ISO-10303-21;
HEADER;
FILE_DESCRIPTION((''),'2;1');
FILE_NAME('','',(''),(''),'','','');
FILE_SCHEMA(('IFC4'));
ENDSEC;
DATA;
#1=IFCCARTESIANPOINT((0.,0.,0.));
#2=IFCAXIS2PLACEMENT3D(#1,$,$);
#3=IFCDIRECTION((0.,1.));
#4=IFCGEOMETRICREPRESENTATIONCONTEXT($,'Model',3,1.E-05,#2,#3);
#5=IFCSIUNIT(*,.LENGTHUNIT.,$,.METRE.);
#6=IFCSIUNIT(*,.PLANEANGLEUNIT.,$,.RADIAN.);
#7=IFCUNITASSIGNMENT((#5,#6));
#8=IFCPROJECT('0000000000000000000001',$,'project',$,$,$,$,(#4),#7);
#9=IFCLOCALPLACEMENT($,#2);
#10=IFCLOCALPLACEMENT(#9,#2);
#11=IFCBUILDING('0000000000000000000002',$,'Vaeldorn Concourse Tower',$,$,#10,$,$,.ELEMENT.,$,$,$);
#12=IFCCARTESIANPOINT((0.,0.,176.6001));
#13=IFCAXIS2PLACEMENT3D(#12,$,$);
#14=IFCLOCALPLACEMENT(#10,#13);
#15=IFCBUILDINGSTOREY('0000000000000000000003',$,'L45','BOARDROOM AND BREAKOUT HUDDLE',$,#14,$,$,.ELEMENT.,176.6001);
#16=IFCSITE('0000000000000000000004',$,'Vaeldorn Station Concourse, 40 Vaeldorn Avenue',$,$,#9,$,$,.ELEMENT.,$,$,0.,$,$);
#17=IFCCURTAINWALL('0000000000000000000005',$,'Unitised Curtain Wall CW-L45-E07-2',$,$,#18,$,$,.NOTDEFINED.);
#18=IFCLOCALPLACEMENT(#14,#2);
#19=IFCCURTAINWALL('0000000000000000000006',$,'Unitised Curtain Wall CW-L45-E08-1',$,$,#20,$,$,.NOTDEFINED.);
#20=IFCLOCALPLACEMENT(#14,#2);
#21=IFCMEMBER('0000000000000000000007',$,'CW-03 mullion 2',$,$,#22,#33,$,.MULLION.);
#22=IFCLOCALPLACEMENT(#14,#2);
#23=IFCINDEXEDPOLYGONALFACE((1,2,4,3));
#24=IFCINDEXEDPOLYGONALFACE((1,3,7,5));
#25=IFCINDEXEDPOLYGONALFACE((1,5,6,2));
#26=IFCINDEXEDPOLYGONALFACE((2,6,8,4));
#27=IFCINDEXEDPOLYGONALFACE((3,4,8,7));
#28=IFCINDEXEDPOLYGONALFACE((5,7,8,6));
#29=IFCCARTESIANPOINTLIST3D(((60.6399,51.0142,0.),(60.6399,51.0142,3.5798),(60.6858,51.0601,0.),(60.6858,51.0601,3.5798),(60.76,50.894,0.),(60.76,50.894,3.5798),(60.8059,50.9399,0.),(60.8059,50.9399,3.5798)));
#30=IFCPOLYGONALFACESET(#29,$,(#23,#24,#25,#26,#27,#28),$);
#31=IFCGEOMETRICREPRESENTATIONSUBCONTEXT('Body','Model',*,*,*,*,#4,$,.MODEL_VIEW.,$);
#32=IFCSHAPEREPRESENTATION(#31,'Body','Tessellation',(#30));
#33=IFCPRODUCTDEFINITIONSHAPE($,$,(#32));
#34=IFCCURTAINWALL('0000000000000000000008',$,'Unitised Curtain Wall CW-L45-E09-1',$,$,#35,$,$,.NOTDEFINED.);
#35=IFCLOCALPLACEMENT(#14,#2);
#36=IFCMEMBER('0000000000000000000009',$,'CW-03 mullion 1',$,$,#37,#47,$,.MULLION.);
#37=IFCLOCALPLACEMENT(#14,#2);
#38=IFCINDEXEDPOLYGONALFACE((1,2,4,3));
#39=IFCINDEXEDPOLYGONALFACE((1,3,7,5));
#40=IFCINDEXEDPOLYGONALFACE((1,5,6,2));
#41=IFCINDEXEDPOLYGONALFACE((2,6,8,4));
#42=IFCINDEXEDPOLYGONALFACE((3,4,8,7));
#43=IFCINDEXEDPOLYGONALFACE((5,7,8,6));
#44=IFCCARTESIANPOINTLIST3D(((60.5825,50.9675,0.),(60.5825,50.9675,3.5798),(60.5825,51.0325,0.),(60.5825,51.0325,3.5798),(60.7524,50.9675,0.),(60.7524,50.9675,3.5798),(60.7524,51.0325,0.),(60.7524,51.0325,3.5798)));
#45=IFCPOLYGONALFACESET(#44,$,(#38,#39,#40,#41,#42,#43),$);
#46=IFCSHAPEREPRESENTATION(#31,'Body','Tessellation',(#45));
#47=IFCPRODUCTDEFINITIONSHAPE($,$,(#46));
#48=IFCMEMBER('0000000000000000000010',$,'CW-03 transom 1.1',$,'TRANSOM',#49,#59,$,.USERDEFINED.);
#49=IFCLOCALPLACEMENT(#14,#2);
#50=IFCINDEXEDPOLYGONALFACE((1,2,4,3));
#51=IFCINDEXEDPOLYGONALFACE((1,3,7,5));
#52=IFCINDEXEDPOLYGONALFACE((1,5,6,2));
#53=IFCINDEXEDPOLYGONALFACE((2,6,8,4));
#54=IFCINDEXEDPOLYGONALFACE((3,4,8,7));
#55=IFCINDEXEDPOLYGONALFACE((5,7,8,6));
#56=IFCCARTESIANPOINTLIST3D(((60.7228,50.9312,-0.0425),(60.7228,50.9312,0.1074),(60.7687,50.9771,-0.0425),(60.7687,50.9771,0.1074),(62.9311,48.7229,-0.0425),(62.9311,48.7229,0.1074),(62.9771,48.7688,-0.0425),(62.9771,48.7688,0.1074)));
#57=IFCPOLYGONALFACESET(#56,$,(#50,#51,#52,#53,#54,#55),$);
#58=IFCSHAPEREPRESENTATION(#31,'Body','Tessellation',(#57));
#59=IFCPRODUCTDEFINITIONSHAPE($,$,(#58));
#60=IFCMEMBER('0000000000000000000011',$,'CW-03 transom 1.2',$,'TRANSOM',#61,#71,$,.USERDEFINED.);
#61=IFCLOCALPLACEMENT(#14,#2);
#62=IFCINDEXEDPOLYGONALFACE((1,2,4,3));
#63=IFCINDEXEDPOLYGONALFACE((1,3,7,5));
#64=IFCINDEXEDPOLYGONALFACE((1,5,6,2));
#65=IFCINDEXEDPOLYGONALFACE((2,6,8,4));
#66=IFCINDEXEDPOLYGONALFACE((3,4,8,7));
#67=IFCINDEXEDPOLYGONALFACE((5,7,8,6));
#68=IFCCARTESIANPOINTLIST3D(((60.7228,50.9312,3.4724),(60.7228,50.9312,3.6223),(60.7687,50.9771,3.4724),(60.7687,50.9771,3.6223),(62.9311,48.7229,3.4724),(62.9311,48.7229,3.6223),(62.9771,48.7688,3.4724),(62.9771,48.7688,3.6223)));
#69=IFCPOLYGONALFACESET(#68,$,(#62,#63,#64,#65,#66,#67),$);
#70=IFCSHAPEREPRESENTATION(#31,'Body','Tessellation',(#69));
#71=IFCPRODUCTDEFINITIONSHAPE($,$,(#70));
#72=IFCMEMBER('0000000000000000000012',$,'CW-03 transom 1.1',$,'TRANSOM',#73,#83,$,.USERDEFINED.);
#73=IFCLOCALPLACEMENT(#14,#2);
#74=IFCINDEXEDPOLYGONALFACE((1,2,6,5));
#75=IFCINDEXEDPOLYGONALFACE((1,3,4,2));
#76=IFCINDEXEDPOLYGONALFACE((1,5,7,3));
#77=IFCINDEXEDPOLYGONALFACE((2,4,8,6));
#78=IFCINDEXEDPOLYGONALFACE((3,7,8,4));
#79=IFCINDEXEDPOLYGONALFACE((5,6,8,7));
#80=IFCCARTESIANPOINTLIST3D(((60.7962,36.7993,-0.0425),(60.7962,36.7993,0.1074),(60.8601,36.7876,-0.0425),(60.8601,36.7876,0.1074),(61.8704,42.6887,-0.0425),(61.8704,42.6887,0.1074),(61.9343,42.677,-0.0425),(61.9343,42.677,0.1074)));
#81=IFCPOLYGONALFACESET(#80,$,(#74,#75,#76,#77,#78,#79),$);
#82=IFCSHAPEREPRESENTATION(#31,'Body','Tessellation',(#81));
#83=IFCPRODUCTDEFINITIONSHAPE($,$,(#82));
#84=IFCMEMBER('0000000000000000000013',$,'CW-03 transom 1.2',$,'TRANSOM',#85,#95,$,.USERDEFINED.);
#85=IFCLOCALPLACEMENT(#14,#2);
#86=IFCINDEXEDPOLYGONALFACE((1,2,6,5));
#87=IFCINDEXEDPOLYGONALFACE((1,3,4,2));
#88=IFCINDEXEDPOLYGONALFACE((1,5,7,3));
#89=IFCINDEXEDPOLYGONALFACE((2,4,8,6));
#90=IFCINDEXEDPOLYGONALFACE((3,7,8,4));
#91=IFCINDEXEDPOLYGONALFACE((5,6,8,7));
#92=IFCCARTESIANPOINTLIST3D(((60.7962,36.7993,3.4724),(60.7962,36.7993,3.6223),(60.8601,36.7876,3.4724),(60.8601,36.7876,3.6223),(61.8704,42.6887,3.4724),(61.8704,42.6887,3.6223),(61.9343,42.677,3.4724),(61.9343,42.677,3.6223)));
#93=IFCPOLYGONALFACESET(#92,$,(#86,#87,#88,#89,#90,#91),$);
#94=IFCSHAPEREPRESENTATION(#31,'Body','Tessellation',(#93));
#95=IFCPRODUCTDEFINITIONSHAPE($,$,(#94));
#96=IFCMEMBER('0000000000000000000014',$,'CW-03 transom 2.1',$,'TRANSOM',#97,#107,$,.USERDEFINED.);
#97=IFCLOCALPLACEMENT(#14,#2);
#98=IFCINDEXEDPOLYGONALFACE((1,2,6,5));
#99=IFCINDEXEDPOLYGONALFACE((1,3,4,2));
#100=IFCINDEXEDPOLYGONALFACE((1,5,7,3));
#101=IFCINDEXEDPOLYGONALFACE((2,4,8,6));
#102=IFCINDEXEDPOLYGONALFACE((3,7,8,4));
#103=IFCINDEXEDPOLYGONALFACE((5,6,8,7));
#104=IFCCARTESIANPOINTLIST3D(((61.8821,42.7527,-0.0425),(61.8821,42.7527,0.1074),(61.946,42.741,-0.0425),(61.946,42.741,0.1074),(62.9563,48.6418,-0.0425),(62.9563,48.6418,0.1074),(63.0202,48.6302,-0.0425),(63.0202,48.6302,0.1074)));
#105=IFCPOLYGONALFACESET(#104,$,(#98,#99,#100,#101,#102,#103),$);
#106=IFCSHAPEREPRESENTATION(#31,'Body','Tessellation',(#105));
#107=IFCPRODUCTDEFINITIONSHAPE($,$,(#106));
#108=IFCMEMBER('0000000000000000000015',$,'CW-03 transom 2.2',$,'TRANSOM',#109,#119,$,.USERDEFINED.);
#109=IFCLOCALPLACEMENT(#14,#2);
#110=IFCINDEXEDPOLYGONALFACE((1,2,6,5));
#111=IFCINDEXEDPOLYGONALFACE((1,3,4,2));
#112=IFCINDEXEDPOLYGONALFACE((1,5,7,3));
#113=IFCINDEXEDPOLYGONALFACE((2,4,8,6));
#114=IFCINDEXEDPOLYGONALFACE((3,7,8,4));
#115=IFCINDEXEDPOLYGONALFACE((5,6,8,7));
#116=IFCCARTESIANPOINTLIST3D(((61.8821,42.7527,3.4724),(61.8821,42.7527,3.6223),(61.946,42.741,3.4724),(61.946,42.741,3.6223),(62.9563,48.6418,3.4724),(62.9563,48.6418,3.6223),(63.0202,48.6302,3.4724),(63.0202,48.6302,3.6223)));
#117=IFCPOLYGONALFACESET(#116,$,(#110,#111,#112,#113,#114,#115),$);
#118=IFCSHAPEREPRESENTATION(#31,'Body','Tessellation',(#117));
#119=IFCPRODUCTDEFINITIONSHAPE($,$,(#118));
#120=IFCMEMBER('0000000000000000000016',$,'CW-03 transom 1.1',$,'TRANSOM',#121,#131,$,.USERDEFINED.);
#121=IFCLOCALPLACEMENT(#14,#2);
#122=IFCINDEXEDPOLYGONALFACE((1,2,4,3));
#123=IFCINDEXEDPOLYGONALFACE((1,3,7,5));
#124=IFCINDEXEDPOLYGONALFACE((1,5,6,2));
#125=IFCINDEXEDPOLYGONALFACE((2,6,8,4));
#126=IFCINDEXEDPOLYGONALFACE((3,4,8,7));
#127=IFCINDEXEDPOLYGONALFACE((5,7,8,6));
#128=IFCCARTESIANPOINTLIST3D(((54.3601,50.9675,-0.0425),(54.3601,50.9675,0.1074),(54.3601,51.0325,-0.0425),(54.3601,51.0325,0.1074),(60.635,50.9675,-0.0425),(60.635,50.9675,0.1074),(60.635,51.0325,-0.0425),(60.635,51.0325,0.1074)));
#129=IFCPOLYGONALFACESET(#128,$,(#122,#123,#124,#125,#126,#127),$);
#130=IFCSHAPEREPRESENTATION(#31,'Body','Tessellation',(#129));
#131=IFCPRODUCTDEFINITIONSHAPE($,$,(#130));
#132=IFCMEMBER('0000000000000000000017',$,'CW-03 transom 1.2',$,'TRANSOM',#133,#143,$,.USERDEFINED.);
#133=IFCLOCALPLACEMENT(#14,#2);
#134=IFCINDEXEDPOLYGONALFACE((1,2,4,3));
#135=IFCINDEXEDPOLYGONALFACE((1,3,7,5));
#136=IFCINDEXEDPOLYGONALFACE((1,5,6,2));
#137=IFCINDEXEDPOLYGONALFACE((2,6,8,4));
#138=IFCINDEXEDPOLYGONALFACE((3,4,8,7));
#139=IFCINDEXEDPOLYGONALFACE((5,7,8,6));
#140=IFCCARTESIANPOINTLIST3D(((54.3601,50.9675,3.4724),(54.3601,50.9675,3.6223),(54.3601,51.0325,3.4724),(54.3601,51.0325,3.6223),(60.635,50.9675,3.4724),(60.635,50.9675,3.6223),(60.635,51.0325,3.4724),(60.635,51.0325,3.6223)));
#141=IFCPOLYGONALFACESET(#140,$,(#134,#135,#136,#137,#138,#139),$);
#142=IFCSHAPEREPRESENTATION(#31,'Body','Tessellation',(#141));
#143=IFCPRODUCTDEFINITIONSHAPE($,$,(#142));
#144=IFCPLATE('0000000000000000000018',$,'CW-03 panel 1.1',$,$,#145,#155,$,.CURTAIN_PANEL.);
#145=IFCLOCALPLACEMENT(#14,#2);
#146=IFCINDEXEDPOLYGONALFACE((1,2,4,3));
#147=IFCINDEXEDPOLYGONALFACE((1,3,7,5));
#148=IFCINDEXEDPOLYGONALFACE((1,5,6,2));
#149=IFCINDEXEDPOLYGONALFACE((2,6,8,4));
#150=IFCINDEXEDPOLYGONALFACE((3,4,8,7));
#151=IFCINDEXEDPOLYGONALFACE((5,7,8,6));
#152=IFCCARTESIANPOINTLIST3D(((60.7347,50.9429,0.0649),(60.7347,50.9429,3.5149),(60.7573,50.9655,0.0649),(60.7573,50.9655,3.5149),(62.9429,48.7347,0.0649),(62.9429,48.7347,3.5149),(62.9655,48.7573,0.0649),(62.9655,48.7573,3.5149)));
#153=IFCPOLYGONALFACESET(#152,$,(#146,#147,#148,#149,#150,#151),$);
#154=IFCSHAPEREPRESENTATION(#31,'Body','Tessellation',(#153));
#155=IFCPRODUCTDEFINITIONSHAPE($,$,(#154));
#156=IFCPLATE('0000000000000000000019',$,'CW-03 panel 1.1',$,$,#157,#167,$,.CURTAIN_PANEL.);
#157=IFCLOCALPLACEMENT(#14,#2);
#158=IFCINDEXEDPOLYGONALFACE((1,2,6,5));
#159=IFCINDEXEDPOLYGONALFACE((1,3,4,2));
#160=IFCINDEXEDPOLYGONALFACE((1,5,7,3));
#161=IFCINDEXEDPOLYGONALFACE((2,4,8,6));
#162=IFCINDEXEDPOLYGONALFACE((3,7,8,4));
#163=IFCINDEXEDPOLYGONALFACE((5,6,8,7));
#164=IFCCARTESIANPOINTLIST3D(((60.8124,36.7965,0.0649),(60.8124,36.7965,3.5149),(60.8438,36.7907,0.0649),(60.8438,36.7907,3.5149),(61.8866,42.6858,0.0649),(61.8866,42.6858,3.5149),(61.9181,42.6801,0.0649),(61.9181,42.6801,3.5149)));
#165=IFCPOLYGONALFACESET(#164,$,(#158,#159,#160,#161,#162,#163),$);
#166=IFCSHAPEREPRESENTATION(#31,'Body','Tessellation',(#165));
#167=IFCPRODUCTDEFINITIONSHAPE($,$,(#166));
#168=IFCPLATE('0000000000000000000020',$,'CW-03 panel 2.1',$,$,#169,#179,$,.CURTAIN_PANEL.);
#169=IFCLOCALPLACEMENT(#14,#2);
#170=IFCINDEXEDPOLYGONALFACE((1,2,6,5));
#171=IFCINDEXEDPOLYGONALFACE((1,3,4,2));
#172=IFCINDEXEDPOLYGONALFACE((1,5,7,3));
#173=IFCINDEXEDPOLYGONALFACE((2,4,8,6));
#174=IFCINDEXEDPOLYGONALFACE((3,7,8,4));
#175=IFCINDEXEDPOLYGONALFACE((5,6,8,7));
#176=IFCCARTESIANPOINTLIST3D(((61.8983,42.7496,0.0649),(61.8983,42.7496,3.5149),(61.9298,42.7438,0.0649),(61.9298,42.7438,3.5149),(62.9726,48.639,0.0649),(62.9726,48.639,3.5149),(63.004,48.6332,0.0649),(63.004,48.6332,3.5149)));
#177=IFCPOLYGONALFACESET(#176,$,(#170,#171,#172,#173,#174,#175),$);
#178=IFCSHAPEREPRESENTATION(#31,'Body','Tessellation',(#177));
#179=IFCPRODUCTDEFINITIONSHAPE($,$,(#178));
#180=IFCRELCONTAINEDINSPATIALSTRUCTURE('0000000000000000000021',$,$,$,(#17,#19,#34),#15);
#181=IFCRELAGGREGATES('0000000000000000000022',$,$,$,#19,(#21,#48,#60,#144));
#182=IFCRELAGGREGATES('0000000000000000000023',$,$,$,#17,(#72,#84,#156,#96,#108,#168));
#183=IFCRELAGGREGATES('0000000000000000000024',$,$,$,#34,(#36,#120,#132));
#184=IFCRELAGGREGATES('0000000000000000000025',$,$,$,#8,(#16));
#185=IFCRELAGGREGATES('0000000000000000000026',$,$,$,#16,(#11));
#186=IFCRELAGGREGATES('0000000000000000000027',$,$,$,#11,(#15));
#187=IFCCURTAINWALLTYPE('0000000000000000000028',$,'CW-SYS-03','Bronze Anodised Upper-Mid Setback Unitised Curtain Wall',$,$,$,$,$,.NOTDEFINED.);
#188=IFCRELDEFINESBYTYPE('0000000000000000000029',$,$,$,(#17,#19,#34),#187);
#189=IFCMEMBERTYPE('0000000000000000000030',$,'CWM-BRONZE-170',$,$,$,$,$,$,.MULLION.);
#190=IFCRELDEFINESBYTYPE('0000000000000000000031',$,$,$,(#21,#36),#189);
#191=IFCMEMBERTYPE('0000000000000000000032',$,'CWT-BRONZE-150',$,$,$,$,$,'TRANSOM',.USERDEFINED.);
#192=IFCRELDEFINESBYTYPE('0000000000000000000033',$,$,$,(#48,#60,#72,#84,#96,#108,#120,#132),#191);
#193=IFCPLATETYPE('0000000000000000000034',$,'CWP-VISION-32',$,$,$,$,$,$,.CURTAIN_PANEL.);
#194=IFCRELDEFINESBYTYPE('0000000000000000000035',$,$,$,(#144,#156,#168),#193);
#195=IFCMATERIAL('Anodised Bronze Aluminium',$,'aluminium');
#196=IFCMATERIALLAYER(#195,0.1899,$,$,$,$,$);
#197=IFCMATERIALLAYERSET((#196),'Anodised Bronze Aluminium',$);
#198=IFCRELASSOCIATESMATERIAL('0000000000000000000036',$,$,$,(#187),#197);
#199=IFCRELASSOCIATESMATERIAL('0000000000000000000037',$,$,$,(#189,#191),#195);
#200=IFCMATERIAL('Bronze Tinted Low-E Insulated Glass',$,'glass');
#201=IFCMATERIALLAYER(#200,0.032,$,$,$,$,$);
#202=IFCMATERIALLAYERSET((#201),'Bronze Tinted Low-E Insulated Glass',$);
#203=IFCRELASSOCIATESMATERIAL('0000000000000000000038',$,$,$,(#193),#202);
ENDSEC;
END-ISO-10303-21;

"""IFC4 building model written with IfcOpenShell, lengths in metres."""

from ifc_helpers import new_model, si_unit, direction, frame, origin, origin_2d, place, context, subcontext, project, spatial, rectangle, extrude, source, transform, mapped, material, layer, layer_set, material_profile, profile_set, type_object, element, aggregate, save


model = new_model("IFC4")

# Units and contexts
model_context = context("Model", 3, precision=1e-05, world=origin(), true_north=direction((0.0, 1.0)))
body_context = subcontext(model_context, "Body", "Model", "MODEL_VIEW")
ifc_project = project(units=[si_unit("LENGTHUNIT", "METRE"), si_unit("PLANEANGLEUNIT", "RADIAN")], contexts=[model_context])

# Site, building, storey
site_placement = place(None, origin())
site = spatial("IfcSite", under=ifc_project, at=site_placement, Name="Vaeldorn Station Concourse, 40 Vaeldorn Avenue", CompositionType="ELEMENT", RefElevation=0.0)
building_placement = place(site_placement, origin())
building = spatial("IfcBuilding", under=site, at=building_placement, Name="Vaeldorn Concourse Tower", CompositionType="ELEMENT")
storey_placement = place(building_placement, frame((0.0, 0.0, 176.6001)))
storey = spatial("IfcBuildingStorey", under=building, at=storey_placement, Name="L45", Description="BOARDROOM AND BREAKOUT HUDDLE", CompositionType="ELEMENT", Elevation=176.6001)

# Curtain walls, member
ifc_material_1 = material(Name="Anodised Bronze Aluminium", Category="aluminium")
ifc_layer_1 = layer(ifc_material_1, 0.1899)
ifc_layer_set_1 = layer_set([ifc_layer_1], Name="Anodised Bronze Aluminium")
curtain_wall_type = type_object("IfcCurtainWallType", Name="CW-SYS-03", Description="Bronze Anodised Upper-Mid Setback Unitised Curtain Wall", PredefinedType="NOTDEFINED", material=ifc_layer_set_1)
curtain_wall_1_placement = place(storey_placement, origin())
curtain_wall_1 = element("IfcCurtainWall", 1, at=curtain_wall_1_placement, inside=storey, type_object=curtain_wall_type, Name="Unitised Curtain Wall CW-L45-E07-2", PredefinedType="NOTDEFINED")
ifc_material_profile_1 = material_profile(ifc_material_1, rectangle(XDim=0.0649, YDim=0.1699, at=origin_2d()), Name="CWM 65x170")
ifc_profile_set_1 = profile_set([ifc_material_profile_1], Name="Anodised Bronze Aluminium")
member_type_1 = type_object("IfcMemberType", Name="CWM-BRONZE-170", PredefinedType="MULLION", material=ifc_profile_set_1)
shared_shape_1 = source(origin(), body_context, "Body", "SweptSolid", [
    extrude(rectangle(XDim=0.0649, YDim=0.1699, at=origin_2d()), origin(), (0.0, 0.0, 1.0), 3.5798),
])
curtain_wall_2_placement = place(storey_placement, origin())
curtain_wall_2 = element("IfcCurtainWall", 2, at=curtain_wall_2_placement, inside=storey, type_object=curtain_wall_type, Name="Unitised Curtain Wall CW-L45-E08-1", PredefinedType="NOTDEFINED")
member_1_placement = place(storey_placement, frame((60.7229, 50.9771, 0.0), z_axis=(0.0, 0.0, 1.0), x_axis=(-0.707107, -0.707107, 0.0)))
member_1 = element("IfcMember", 3, at=member_1_placement, type_object=member_type_1, Name="CW-03 mullion 2", PredefinedType="MULLION", context=body_context, shape_type="MappedRepresentation", body=[
    mapped(shared_shape_1, transform((0.0, 0.0, 0.0), scale=1.0)),
])

# Curtain wall, member
curtain_wall_3_placement = place(storey_placement, origin())
curtain_wall_3 = element("IfcCurtainWall", 4, at=curtain_wall_3_placement, inside=storey, type_object=curtain_wall_type, Name="Unitised Curtain Wall CW-L45-E09-1", PredefinedType="NOTDEFINED")
member_2_placement = place(storey_placement, frame((60.6675, 51.0, 0.0), z_axis=(0.0, 0.0, 1.0), x_axis=(0.0, -1.0, 0.0)))
member_2 = element("IfcMember", 5, at=member_2_placement, type_object=member_type_1, Name="CW-03 mullion 1", PredefinedType="MULLION", context=body_context, shape_type="MappedRepresentation", body=[
    mapped(shared_shape_1, transform((0.0, 0.0, 0.0), scale=1.0)),
])

# Members
ifc_material_profile_2 = material_profile(ifc_material_1, rectangle(XDim=0.0649, YDim=0.1499, at=origin_2d()), Name="CWT 65x150")
ifc_profile_set_2 = profile_set([ifc_material_profile_2], Name="Anodised Bronze Aluminium")
member_type_2 = type_object("IfcMemberType", Name="CWT-BRONZE-150", ElementType="TRANSOM", PredefinedType="USERDEFINED", material=ifc_profile_set_2)
shared_shape_2 = source(origin(), body_context, "Body", "SweptSolid", [
    extrude(rectangle(XDim=0.0649, YDim=0.1499, at=origin_2d()), origin(), (0.0, 0.0, 1.0), 3.123),
])
member_3_placement = place(storey_placement, frame((62.9541, 48.7458, 0.0325), z_axis=(-0.707107, 0.707107, 0.0), x_axis=(-0.707107, -0.707107, 0.0)))
member_3 = element("IfcMember", 6, at=member_3_placement, type_object=member_type_2, Name="CW-03 transom 1.1", ObjectType="TRANSOM", PredefinedType="USERDEFINED", context=body_context, shape_type="MappedRepresentation", body=[
    mapped(shared_shape_2, transform((0.0, 0.0, 0.0), scale=1.0)),
])
member_4_placement = place(storey_placement, frame((62.9541, 48.7458, 3.5474), z_axis=(-0.707107, 0.707107, 0.0), x_axis=(-0.707107, -0.707107, 0.0)))
member_4 = element("IfcMember", 7, at=member_4_placement, type_object=member_type_2, Name="CW-03 transom 1.2", ObjectType="TRANSOM", PredefinedType="USERDEFINED", context=body_context, shape_type="MappedRepresentation", body=[
    mapped(shared_shape_2, transform((0.0, 0.0, 0.0), scale=1.0)),
])
shared_shape_3 = source(origin(), body_context, "Body", "SweptSolid", [
    extrude(rectangle(XDim=0.0649, YDim=0.1499, at=origin_2d()), origin(), (0.0, 0.0, 1.0), 5.9866),
])
member_5_placement = place(storey_placement, frame((60.8281, 36.7935, 0.0325), z_axis=(0.179438, 0.983769, 0.0), x_axis=(-0.983769, 0.179438, 0.0)))
member_5 = element("IfcMember", 8, at=member_5_placement, type_object=member_type_2, Name="CW-03 transom 1.1", ObjectType="TRANSOM", PredefinedType="USERDEFINED", context=body_context, shape_type="MappedRepresentation", body=[
    mapped(shared_shape_3, transform((0.0, 0.0, 0.0), scale=1.0)),
])
member_6_placement = place(storey_placement, frame((60.8281, 36.7935, 3.5474), z_axis=(0.179438, 0.983769, 0.0), x_axis=(-0.983769, 0.179438, 0.0)))
member_6 = element("IfcMember", 9, at=member_6_placement, type_object=member_type_2, Name="CW-03 transom 1.2", ObjectType="TRANSOM", PredefinedType="USERDEFINED", context=body_context, shape_type="MappedRepresentation", body=[
    mapped(shared_shape_3, transform((0.0, 0.0, 0.0), scale=1.0)),
])
shared_shape_4 = source(origin(), body_context, "Body", "SweptSolid", [
    extrude(rectangle(XDim=0.0649, YDim=0.1499, at=origin_2d()), origin(), (0.0, 0.0, 1.0), 5.9863),
])
member_7_placement = place(storey_placement, frame((61.9141, 42.7468, 0.0325), z_axis=(0.179445, 0.983768, 0.0), x_axis=(-0.983768, 0.179445, 0.0)))
member_7 = element("IfcMember", 10, at=member_7_placement, type_object=member_type_2, Name="CW-03 transom 2.1", ObjectType="TRANSOM", PredefinedType="USERDEFINED", context=body_context, shape_type="MappedRepresentation", body=[
    mapped(shared_shape_4, transform((0.0, 0.0, 0.0), scale=1.0)),
])
member_8_placement = place(storey_placement, frame((61.9141, 42.7468, 3.5474), z_axis=(0.179445, 0.983768, 0.0), x_axis=(-0.983768, 0.179445, 0.0)))
member_8 = element("IfcMember", 11, at=member_8_placement, type_object=member_type_2, Name="CW-03 transom 2.2", ObjectType="TRANSOM", PredefinedType="USERDEFINED", context=body_context, shape_type="MappedRepresentation", body=[
    mapped(shared_shape_4, transform((0.0, 0.0, 0.0), scale=1.0)),
])
shared_shape_5 = source(origin(), body_context, "Body", "SweptSolid", [
    extrude(rectangle(XDim=0.0649, YDim=0.1499, at=origin_2d()), origin(), (0.0, 0.0, 1.0), 6.2749),
])
member_9_placement = place(storey_placement, frame((60.635, 51.0, 0.0325), z_axis=(-1.0, 0.0, 0.0), x_axis=(0.0, -1.0, 0.0)))
member_9 = element("IfcMember", 12, at=member_9_placement, type_object=member_type_2, Name="CW-03 transom 1.1", ObjectType="TRANSOM", PredefinedType="USERDEFINED", context=body_context, shape_type="MappedRepresentation", body=[
    mapped(shared_shape_5, transform((0.0, 0.0, 0.0), scale=1.0)),
])
member_10_placement = place(storey_placement, frame((60.635, 51.0, 3.5474), z_axis=(-1.0, 0.0, 0.0), x_axis=(0.0, -1.0, 0.0)))
member_10 = element("IfcMember", 13, at=member_10_placement, type_object=member_type_2, Name="CW-03 transom 1.2", ObjectType="TRANSOM", PredefinedType="USERDEFINED", context=body_context, shape_type="MappedRepresentation", body=[
    mapped(shared_shape_5, transform((0.0, 0.0, 0.0), scale=1.0)),
])

# Plates
ifc_material_2 = material(Name="Bronze Tinted Low-E Insulated Glass", Category="glass")
ifc_layer_2 = layer(ifc_material_2, 0.032)
ifc_layer_set_2 = layer_set([ifc_layer_2], Name="Bronze Tinted Low-E Insulated Glass")
plate_type = type_object("IfcPlateType", Name="CWP-VISION-32", PredefinedType="CURTAIN_PANEL", material=ifc_layer_set_2)
shared_shape_6 = source(origin(), body_context, "Body", "SweptSolid", [
    extrude(rectangle(XDim=3.1228, YDim=0.032, at=origin_2d()), origin(), (0.0, 0.0, 1.0), 3.45),
])
plate_1_placement = place(storey_placement, frame((61.8501, 49.8501, 0.0649), z_axis=(0.0, 0.0, 1.0), x_axis=(-0.707107, 0.707107, 0.0)))
plate_1 = element("IfcPlate", 14, at=plate_1_placement, type_object=plate_type, Name="CW-03 panel 1.1", PredefinedType="CURTAIN_PANEL", context=body_context, shape_type="MappedRepresentation", body=[
    mapped(shared_shape_6, transform((0.0, 0.0, 0.0), scale=1.0)),
])
aggregate(curtain_wall_2, [member_1, member_3, member_4, plate_1])
shared_shape_7 = source(origin(), body_context, "Body", "SweptSolid", [
    extrude(rectangle(XDim=5.9866, YDim=0.032, at=origin_2d()), origin(), (0.0, 0.0, 1.0), 3.45),
])
plate_2_placement = place(storey_placement, frame((61.3652, 39.7383, 0.0649), z_axis=(0.0, 0.0, 1.0), x_axis=(0.179447, 0.983768, 0.0)))
plate_2 = element("IfcPlate", 15, at=plate_2_placement, type_object=plate_type, Name="CW-03 panel 1.1", PredefinedType="CURTAIN_PANEL", context=body_context, shape_type="MappedRepresentation", body=[
    mapped(shared_shape_7, transform((0.0, 0.0, 0.0), scale=1.0)),
])
plate_3_placement = place(storey_placement, frame((62.4512, 45.6914, 0.0649), z_axis=(0.0, 0.0, 1.0), x_axis=(0.179447, 0.983768, 0.0)))
plate_3 = element("IfcPlate", 16, at=plate_3_placement, type_object=plate_type, Name="CW-03 panel 2.1", PredefinedType="CURTAIN_PANEL", context=body_context, shape_type="MappedRepresentation", body=[
    mapped(shared_shape_7, transform((0.0, 0.0, 0.0), scale=1.0)),
])
aggregate(curtain_wall_1, [member_5, member_6, plate_2, member_7, member_8, plate_3])
aggregate(curtain_wall_3, [member_2, member_9, member_10])

save(model, "model.ifc")
